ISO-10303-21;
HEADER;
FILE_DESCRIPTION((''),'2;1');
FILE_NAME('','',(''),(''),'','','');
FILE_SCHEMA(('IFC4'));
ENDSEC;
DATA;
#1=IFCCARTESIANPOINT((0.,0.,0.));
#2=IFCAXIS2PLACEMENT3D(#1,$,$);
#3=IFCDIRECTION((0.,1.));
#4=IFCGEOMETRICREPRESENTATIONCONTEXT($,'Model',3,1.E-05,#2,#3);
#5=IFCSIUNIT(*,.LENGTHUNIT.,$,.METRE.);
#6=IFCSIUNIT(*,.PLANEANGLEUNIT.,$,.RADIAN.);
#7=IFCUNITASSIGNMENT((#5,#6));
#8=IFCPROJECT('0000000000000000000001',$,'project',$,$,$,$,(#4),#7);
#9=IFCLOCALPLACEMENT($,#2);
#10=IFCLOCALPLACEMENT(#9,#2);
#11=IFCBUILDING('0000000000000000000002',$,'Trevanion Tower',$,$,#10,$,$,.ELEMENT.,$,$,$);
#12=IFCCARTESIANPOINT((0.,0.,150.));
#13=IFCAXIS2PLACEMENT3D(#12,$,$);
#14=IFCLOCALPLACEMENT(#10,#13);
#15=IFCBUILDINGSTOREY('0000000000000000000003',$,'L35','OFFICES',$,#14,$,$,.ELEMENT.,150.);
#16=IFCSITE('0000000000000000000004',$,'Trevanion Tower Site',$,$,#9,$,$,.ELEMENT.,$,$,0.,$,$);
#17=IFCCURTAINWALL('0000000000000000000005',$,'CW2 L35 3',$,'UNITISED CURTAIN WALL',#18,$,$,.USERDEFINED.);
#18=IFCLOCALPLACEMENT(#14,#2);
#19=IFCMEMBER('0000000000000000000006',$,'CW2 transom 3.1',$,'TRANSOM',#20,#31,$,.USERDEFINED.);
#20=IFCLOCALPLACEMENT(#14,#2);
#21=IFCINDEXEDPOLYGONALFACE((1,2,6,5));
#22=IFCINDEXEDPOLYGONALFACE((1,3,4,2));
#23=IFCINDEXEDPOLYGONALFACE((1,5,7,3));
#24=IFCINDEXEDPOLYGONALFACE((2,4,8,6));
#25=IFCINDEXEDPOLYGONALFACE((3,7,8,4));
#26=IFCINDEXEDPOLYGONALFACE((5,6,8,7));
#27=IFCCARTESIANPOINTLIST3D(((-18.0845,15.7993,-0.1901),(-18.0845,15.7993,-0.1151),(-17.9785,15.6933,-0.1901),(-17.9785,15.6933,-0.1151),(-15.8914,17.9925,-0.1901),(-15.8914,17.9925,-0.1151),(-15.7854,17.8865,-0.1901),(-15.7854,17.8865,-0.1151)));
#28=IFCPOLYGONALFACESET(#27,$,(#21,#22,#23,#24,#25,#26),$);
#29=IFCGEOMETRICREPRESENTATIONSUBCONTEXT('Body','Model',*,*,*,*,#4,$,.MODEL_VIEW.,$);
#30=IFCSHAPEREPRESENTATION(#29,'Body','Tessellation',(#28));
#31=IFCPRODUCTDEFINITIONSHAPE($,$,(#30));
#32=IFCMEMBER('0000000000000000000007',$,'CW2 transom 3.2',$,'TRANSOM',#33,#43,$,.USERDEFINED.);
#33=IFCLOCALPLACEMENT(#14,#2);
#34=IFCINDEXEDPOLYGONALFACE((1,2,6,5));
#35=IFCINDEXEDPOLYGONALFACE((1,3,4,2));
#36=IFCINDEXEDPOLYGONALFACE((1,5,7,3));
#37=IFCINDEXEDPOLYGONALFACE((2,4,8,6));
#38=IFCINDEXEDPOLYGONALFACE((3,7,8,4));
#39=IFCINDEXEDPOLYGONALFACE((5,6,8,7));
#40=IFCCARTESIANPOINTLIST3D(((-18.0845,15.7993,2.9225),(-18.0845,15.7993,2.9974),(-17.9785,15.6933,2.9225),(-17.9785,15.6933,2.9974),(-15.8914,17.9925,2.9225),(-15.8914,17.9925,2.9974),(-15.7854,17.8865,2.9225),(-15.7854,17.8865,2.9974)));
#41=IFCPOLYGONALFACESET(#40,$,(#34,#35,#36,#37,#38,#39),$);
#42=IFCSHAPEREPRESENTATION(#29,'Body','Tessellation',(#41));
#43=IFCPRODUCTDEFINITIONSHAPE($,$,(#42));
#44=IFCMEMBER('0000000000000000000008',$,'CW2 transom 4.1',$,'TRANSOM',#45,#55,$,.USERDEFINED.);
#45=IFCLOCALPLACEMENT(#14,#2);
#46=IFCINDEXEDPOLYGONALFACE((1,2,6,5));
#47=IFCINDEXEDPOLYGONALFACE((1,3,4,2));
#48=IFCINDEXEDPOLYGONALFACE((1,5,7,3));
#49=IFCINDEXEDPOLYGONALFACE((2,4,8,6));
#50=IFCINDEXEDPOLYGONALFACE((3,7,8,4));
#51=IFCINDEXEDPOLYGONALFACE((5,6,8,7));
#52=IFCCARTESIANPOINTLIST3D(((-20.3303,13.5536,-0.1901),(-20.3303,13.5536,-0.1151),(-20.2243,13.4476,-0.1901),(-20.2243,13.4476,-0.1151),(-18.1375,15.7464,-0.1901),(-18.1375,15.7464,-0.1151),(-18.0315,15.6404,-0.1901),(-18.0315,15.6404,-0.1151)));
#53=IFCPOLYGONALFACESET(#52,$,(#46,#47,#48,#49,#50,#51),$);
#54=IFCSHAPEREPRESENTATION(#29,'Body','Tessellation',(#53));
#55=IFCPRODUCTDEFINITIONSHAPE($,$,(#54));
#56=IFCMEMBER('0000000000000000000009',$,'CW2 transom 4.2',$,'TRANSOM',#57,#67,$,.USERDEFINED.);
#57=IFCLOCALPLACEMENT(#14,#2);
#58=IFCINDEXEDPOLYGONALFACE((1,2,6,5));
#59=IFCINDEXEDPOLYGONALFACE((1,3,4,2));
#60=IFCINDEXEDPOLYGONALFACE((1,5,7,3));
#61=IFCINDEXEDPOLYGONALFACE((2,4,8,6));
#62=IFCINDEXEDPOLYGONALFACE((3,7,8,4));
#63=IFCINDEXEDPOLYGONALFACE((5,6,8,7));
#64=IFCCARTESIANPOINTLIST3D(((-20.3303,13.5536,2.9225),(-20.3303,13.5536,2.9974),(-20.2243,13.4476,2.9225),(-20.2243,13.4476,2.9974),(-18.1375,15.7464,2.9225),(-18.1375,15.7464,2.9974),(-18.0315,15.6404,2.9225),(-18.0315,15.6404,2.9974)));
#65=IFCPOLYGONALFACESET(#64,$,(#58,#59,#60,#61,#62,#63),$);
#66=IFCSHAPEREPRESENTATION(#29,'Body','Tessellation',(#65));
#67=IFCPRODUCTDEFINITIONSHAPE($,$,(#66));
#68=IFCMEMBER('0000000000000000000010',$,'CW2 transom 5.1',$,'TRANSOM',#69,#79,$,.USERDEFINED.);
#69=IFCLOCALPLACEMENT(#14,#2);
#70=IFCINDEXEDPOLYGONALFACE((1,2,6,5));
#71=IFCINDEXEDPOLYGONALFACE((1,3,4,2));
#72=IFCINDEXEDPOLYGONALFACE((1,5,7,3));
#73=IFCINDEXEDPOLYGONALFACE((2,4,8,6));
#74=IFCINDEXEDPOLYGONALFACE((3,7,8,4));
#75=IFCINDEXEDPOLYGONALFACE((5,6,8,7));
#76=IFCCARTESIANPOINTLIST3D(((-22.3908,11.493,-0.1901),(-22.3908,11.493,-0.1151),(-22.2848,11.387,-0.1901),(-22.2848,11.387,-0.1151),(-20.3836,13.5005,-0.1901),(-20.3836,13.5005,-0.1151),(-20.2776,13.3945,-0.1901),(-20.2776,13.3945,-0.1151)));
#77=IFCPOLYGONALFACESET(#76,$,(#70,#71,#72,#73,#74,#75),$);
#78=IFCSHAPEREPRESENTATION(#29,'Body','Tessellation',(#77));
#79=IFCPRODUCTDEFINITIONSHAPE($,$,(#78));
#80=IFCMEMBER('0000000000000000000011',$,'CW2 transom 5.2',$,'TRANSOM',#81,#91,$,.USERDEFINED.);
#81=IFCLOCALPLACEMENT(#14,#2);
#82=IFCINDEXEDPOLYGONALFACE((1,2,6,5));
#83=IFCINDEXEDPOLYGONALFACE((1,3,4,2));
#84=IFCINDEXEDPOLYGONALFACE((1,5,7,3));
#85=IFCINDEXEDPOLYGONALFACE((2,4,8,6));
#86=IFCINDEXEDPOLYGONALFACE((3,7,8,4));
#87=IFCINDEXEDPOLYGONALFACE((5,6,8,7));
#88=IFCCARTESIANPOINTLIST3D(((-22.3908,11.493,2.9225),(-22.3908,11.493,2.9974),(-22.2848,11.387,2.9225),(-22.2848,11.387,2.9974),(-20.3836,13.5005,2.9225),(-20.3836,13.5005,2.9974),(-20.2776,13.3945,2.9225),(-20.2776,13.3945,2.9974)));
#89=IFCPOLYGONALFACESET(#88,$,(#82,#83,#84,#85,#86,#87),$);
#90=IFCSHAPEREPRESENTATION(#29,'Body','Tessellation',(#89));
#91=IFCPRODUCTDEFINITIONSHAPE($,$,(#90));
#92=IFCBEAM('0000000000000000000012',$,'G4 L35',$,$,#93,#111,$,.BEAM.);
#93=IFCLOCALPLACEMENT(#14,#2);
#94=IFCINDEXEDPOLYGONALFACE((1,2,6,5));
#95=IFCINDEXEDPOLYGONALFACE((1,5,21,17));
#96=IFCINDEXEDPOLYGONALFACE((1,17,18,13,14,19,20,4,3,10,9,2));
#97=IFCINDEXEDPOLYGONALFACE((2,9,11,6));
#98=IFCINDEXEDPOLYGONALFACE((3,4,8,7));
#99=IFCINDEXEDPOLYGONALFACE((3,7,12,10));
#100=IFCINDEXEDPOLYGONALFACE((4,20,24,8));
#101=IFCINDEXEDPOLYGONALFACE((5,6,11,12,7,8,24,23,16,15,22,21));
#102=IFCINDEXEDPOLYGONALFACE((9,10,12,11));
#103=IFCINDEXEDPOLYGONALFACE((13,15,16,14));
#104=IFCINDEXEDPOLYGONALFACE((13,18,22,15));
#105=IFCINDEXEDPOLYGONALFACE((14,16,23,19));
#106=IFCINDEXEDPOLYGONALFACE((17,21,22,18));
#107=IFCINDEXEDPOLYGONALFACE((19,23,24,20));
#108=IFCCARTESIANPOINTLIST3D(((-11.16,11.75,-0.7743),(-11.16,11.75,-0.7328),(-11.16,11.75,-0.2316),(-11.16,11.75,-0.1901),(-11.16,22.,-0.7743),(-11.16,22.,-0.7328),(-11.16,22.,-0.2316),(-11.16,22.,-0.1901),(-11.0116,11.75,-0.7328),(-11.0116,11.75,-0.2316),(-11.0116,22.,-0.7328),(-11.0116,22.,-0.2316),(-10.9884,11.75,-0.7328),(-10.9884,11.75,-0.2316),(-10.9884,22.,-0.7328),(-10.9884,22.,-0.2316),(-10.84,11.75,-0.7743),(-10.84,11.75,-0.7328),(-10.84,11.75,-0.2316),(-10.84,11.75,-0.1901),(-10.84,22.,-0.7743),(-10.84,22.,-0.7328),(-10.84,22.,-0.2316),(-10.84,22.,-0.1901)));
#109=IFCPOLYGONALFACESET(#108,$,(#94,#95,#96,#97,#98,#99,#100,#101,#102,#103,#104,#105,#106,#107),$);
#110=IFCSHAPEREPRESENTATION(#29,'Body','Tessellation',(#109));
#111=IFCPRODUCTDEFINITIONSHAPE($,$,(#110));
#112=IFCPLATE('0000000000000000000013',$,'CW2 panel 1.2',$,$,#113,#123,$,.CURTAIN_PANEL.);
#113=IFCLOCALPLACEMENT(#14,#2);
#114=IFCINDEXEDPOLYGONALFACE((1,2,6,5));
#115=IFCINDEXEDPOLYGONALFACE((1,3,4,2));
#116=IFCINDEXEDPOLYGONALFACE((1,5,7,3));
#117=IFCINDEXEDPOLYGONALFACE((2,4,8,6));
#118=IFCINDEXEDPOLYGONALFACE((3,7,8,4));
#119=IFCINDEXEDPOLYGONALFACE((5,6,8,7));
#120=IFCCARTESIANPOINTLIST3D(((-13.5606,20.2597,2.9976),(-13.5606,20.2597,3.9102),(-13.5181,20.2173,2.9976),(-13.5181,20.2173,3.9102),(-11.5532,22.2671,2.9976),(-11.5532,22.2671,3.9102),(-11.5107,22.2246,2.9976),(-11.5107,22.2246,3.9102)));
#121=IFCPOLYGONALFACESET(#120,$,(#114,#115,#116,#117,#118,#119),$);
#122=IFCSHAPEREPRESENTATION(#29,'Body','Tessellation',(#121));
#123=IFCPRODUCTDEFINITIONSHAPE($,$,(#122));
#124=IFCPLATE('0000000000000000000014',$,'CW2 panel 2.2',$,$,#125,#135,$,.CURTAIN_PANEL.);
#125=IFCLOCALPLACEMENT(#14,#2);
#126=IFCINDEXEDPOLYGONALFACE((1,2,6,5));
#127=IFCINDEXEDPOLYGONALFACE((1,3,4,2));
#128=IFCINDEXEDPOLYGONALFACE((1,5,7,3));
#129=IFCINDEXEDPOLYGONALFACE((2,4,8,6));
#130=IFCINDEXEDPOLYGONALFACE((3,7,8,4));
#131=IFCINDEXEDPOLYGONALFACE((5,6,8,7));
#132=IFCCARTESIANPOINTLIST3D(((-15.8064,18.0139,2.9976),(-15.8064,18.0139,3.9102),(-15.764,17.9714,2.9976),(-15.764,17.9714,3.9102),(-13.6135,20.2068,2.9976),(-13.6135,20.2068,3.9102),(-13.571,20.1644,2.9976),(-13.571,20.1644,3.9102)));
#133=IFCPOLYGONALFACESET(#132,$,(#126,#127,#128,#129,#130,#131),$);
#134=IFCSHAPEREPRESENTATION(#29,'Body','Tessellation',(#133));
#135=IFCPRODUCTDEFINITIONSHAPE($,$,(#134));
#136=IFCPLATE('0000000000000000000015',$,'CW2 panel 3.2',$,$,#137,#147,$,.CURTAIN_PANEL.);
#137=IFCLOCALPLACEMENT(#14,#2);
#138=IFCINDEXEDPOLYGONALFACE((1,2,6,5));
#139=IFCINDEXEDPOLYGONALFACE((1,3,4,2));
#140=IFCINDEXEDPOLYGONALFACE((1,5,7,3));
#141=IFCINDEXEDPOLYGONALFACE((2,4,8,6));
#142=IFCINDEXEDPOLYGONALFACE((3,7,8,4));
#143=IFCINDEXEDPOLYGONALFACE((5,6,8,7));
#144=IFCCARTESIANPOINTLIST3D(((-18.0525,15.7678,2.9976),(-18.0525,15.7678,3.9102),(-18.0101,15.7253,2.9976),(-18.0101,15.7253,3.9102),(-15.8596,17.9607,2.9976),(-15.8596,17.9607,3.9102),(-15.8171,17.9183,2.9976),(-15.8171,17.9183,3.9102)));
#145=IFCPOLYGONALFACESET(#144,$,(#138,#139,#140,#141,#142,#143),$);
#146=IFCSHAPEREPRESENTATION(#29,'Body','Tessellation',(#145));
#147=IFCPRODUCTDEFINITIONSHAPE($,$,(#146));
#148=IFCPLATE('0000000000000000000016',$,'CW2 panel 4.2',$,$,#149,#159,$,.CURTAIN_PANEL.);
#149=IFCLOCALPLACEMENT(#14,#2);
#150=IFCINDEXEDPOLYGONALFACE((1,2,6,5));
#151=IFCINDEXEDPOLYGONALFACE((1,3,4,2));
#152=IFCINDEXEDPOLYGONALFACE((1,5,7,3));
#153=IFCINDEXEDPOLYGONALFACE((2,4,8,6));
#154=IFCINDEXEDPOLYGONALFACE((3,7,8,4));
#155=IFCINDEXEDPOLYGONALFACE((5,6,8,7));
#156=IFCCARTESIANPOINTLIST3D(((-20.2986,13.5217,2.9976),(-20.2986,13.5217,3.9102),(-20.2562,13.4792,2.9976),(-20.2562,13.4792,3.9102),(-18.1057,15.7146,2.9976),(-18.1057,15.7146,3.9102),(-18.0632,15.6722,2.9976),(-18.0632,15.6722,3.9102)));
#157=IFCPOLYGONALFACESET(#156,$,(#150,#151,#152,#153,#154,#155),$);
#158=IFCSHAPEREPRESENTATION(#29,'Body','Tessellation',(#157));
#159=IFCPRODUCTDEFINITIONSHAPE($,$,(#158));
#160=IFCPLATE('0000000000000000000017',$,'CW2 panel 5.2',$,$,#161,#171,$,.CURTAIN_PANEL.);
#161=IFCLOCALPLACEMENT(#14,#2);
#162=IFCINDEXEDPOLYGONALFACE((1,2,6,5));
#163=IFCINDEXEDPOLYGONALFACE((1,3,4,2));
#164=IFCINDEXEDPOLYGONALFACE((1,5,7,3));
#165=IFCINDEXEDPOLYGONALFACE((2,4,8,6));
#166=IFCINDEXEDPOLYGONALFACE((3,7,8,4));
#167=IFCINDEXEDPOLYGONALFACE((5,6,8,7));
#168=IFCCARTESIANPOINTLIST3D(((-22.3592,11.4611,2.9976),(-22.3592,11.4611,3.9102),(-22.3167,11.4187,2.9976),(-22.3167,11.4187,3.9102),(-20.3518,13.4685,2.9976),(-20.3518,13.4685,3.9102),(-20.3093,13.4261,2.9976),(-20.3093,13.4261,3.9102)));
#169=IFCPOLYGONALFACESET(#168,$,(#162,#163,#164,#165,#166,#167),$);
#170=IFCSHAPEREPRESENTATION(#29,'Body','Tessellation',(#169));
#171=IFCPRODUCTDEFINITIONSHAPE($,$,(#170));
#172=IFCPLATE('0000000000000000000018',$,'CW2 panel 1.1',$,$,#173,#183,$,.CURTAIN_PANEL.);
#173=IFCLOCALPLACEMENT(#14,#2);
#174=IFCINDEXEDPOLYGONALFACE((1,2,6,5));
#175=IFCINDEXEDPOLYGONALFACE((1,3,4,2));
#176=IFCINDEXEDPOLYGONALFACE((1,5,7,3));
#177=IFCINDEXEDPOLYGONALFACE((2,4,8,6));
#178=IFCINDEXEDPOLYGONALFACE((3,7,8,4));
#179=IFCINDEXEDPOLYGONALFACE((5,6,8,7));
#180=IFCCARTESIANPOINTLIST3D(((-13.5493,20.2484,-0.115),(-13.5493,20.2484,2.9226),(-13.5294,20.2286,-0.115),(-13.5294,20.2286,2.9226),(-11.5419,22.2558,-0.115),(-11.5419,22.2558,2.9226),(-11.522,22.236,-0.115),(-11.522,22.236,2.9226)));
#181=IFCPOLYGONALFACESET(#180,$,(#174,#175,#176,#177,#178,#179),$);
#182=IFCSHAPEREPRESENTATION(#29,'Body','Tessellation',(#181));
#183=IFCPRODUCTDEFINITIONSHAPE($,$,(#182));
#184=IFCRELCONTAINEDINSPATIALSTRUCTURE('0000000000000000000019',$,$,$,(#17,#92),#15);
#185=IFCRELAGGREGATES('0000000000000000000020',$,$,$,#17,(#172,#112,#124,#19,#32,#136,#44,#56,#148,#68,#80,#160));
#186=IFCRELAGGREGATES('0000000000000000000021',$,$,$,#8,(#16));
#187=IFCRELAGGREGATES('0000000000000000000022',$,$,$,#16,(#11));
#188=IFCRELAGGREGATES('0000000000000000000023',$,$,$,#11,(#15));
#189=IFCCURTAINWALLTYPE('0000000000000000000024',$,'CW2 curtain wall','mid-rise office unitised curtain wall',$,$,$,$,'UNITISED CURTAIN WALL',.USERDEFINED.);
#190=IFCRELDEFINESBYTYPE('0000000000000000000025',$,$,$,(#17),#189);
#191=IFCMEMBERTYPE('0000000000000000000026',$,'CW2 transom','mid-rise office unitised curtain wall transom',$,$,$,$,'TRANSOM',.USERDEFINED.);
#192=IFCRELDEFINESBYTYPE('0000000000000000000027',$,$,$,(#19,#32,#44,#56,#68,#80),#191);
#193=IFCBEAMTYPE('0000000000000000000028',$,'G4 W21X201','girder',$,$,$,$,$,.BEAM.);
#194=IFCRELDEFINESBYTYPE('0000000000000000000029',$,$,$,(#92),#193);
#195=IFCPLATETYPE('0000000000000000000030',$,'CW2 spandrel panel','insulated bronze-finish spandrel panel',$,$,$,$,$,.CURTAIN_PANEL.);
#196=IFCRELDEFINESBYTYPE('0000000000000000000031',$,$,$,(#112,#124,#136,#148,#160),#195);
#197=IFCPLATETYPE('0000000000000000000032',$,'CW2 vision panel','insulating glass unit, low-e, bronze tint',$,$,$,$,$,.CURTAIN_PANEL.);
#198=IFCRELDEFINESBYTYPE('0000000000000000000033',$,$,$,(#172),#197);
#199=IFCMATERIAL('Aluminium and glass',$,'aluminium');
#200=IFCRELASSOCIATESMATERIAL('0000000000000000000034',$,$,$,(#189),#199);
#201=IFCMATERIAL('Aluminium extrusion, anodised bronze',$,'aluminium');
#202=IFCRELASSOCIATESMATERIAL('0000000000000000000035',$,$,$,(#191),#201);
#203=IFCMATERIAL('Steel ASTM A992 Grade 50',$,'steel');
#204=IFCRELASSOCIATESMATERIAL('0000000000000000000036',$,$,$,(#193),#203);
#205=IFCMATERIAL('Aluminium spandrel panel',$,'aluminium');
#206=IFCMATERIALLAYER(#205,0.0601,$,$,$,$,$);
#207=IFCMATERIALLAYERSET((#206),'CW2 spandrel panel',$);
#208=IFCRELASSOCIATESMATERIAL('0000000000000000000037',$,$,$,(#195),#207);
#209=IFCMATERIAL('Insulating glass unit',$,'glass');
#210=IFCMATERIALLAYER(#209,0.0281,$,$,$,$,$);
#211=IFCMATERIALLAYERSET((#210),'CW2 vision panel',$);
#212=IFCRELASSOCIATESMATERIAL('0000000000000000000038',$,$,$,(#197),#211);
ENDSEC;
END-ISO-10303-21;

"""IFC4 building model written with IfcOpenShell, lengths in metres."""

from ifc_helpers import new_model, si_unit, direction, frame, origin, origin_2d, place, context, subcontext, project, spatial, rectangle, i_section, extrude, material, layer, layer_set, material_profile, profile_set, type_object, element, aggregate, save


model = new_model("IFC4")

# Units and contexts
model_context = context("Model", 3, precision=1e-05, world=origin(), true_north=direction((0.0, 1.0)))
body_context = subcontext(model_context, "Body", "Model", "MODEL_VIEW")
ifc_project = project(units=[si_unit("LENGTHUNIT", "METRE"), si_unit("PLANEANGLEUNIT", "RADIAN")], contexts=[model_context])

# Site, building, storey
site_placement = place(None, origin())
site = spatial("IfcSite", under=ifc_project, at=site_placement, Name="Trevanion Tower Site", CompositionType="ELEMENT", RefElevation=0.0)
building_placement = place(site_placement, origin())
building = spatial("IfcBuilding", under=site, at=building_placement, Name="Trevanion Tower", CompositionType="ELEMENT")
storey_placement = place(building_placement, frame((0.0, 0.0, 150.0)))
storey = spatial("IfcBuildingStorey", under=building, at=storey_placement, Name="L35", Description="OFFICES", CompositionType="ELEMENT", Elevation=150.0)

# Curtain wall
ifc_material_1 = material(Name="Aluminium and glass", Category="aluminium")
curtain_wall_type = type_object("IfcCurtainWallType", Name="CW2 curtain wall", Description="mid-rise office unitised curtain wall", ElementType="UNITISED CURTAIN WALL", PredefinedType="USERDEFINED", material=ifc_material_1)
curtain_wall_1_placement = place(storey_placement, origin())
curtain_wall_1 = element("IfcCurtainWall", 1, at=curtain_wall_1_placement, inside=storey, type_object=curtain_wall_type, Name="CW2 L35 3", ObjectType="UNITISED CURTAIN WALL", PredefinedType="USERDEFINED")

# Members
ifc_material_2 = material(Name="Aluminium extrusion, anodised bronze", Category="aluminium")
ifc_material_profile_1 = material_profile(ifc_material_2, rectangle(XDim=0.1499, YDim=0.075, at=origin_2d()), Name="CW2 transom")
ifc_profile_set_1 = profile_set([ifc_material_profile_1], Name="Aluminium extrusion, anodised bronze")
member_type_1 = type_object("IfcMemberType", Name="CW2 transom", Description="mid-rise office unitised curtain wall transom", ElementType="TRANSOM", PredefinedType="USERDEFINED", material=ifc_profile_set_1)
member_1_placement = place(storey_placement, frame((-15.8384, 17.9395, -0.1526), z_axis=(-0.707107, -0.707107, 0.0), x_axis=(0.707107, -0.707107, 0.0)))
member_1 = element("IfcMember", 2, at=member_1_placement, type_object=member_type_1, Name="CW2 transom 3.1", ObjectType="TRANSOM", PredefinedType="USERDEFINED", context=body_context, shape_type="SweptSolid", body=[
    extrude(rectangle(XDim=0.1499, YDim=0.075, at=origin_2d()), origin(), (0.0, 0.0, 1.0), 3.1016),
])
member_2_placement = place(storey_placement, frame((-15.8384, 17.9395, 2.96), z_axis=(-0.707107, -0.707107, 0.0), x_axis=(0.707107, -0.707107, 0.0)))
member_2 = element("IfcMember", 3, at=member_2_placement, type_object=member_type_1, Name="CW2 transom 3.2", ObjectType="TRANSOM", PredefinedType="USERDEFINED", context=body_context, shape_type="SweptSolid", body=[
    extrude(rectangle(XDim=0.1499, YDim=0.075, at=origin_2d()), origin(), (0.0, 0.0, 1.0), 3.1016),
])
member_3_placement = place(storey_placement, frame((-18.0845, 15.6934, -0.1526), z_axis=(-0.707107, -0.707107, 0.0), x_axis=(0.707107, -0.707107, 0.0)))
member_3 = element("IfcMember", 4, at=member_3_placement, type_object=member_type_1, Name="CW2 transom 4.1", ObjectType="TRANSOM", PredefinedType="USERDEFINED", context=body_context, shape_type="SweptSolid", body=[
    extrude(rectangle(XDim=0.1499, YDim=0.075, at=origin_2d()), origin(), (0.0, 0.0, 1.0), 3.1011),
])
member_4_placement = place(storey_placement, frame((-18.0845, 15.6934, 2.96), z_axis=(-0.707107, -0.707107, 0.0), x_axis=(0.707107, -0.707107, 0.0)))
member_4 = element("IfcMember", 5, at=member_4_placement, type_object=member_type_1, Name="CW2 transom 4.2", ObjectType="TRANSOM", PredefinedType="USERDEFINED", context=body_context, shape_type="SweptSolid", body=[
    extrude(rectangle(XDim=0.1499, YDim=0.075, at=origin_2d()), origin(), (0.0, 0.0, 1.0), 3.1011),
])
member_5_placement = place(storey_placement, frame((-20.3306, 13.4475, -0.1526), z_axis=(-0.707064, -0.70715, 0.0), x_axis=(0.70715, -0.707064, 0.0)))
member_5 = element("IfcMember", 6, at=member_5_placement, type_object=member_type_1, Name="CW2 transom 5.1", ObjectType="TRANSOM", PredefinedType="USERDEFINED", context=body_context, shape_type="SweptSolid", body=[
    extrude(rectangle(XDim=0.1499, YDim=0.075, at=origin_2d()), origin(), (0.0, 0.0, 1.0), 2.8389),
])
member_6_placement = place(storey_placement, frame((-20.3306, 13.4475, 2.96), z_axis=(-0.707064, -0.70715, 0.0), x_axis=(0.70715, -0.707064, 0.0)))
member_6 = element("IfcMember", 7, at=member_6_placement, type_object=member_type_1, Name="CW2 transom 5.2", ObjectType="TRANSOM", PredefinedType="USERDEFINED", context=body_context, shape_type="SweptSolid", body=[
    extrude(rectangle(XDim=0.1499, YDim=0.075, at=origin_2d()), origin(), (0.0, 0.0, 1.0), 2.8389),
])

# Beam
ifc_material_3 = material(Name="Steel ASTM A992 Grade 50", Category="steel")
ifc_material_profile_2 = material_profile(ifc_material_3, i_section(OverallWidth=0.3201, OverallDepth=0.5842, WebThickness=0.0232, FlangeThickness=0.0415, at=origin_2d()), Name="W21X201")
ifc_profile_set_2 = profile_set([ifc_material_profile_2], Name="Steel ASTM A992 Grade 50")
beam_type_1 = type_object("IfcBeamType", Name="G4 W21X201", Description="girder", PredefinedType="BEAM", material=ifc_profile_set_2)
beam_1_placement = place(storey_placement, frame((-11.0, 11.75, -0.4822), z_axis=(0.0, 1.0, 0.0), x_axis=(-1.0, 0.0, 0.0)))
element("IfcBeam", 8, at=beam_1_placement, inside=storey, type_object=beam_type_1, Name="G4 L35", PredefinedType="BEAM", context=body_context, shape_type="SweptSolid", body=[
    extrude(i_section(OverallWidth=0.3201, OverallDepth=0.5842, WebThickness=0.0232, FlangeThickness=0.0415, at=origin_2d()), origin(), (0.0, 0.0, 1.0), 10.25),
])

# Plates
ifc_material_4 = material(Name="Aluminium spandrel panel", Category="aluminium")
ifc_layer_1 = layer(ifc_material_4, 0.0601)
ifc_layer_set_1 = layer_set([ifc_layer_1], Name="CW2 spandrel panel")
plate_type_1 = type_object("IfcPlateType", Name="CW2 spandrel panel", Description="insulated bronze-finish spandrel panel", PredefinedType="CURTAIN_PANEL", material=ifc_layer_set_1)
plate_1_placement = place(storey_placement, frame((-12.5356, 21.2422, 2.9976), z_axis=(0.0, 0.0, 1.0), x_axis=(-0.707107, -0.707107, 0.0)))
plate_1 = element("IfcPlate", 9, at=plate_1_placement, type_object=plate_type_1, Name="CW2 panel 1.2", PredefinedType="CURTAIN_PANEL", context=body_context, shape_type="SweptSolid", body=[
    extrude(rectangle(XDim=2.8389, YDim=0.0601, at=origin_2d()), origin(), (0.0, 0.0, 1.0), 0.9126),
])
plate_2_placement = place(storey_placement, frame((-14.6887, 19.0891, 2.9976), z_axis=(0.0, 0.0, 1.0), x_axis=(-0.707107, -0.707107, 0.0)))
plate_2 = element("IfcPlate", 10, at=plate_2_placement, type_object=plate_type_1, Name="CW2 panel 2.2", PredefinedType="CURTAIN_PANEL", context=body_context, shape_type="SweptSolid", body=[
    extrude(rectangle(XDim=3.1013, YDim=0.0601, at=origin_2d()), origin(), (0.0, 0.0, 1.0), 0.9126),
])
plate_3_placement = place(storey_placement, frame((-16.9348, 16.843, 2.9976), z_axis=(0.0, 0.0, 1.0), x_axis=(-0.707107, -0.707107, 0.0)))
plate_3 = element("IfcPlate", 11, at=plate_3_placement, type_object=plate_type_1, Name="CW2 panel 3.2", PredefinedType="CURTAIN_PANEL", context=body_context, shape_type="SweptSolid", body=[
    extrude(rectangle(XDim=3.1013, YDim=0.0601, at=origin_2d()), origin(), (0.0, 0.0, 1.0), 0.9126),
])
plate_4_placement = place(storey_placement, frame((-19.1809, 14.5969, 2.9976), z_axis=(0.0, 0.0, 1.0), x_axis=(-0.707107, -0.707107, 0.0)))
plate_4 = element("IfcPlate", 12, at=plate_4_placement, type_object=plate_type_1, Name="CW2 panel 4.2", PredefinedType="CURTAIN_PANEL", context=body_context, shape_type="SweptSolid", body=[
    extrude(rectangle(XDim=3.1013, YDim=0.0601, at=origin_2d()), origin(), (0.0, 0.0, 1.0), 0.9126),
])
plate_5_placement = place(storey_placement, frame((-21.3342, 12.4436, 2.9976), z_axis=(0.0, 0.0, 1.0), x_axis=(-0.707107, -0.707107, 0.0)))
plate_5 = element("IfcPlate", 13, at=plate_5_placement, type_object=plate_type_1, Name="CW2 panel 5.2", PredefinedType="CURTAIN_PANEL", context=body_context, shape_type="SweptSolid", body=[
    extrude(rectangle(XDim=2.8389, YDim=0.0601, at=origin_2d()), origin(), (0.0, 0.0, 1.0), 0.9126),
])
ifc_material_5 = material(Name="Insulating glass unit", Category="glass")
ifc_layer_2 = layer(ifc_material_5, 0.0281)
ifc_layer_set_2 = layer_set([ifc_layer_2], Name="CW2 vision panel")
plate_type_2 = type_object("IfcPlateType", Name="CW2 vision panel", Description="insulating glass unit, low-e, bronze tint", PredefinedType="CURTAIN_PANEL", material=ifc_layer_set_2)
plate_6_placement = place(storey_placement, frame((-12.5356, 21.2422, -0.115), z_axis=(0.0, 0.0, 1.0), x_axis=(-0.707107, -0.707107, 0.0)))
plate_6 = element("IfcPlate", 14, at=plate_6_placement, type_object=plate_type_2, Name="CW2 panel 1.1", PredefinedType="CURTAIN_PANEL", context=body_context, shape_type="SweptSolid", body=[
    extrude(rectangle(XDim=2.8389, YDim=0.0281, at=origin_2d()), origin(), (0.0, 0.0, 1.0), 3.0376),
])
aggregate(curtain_wall_1, [plate_6, plate_1, plate_2, member_1, member_2, plate_3, member_3, member_4, plate_4, member_5, member_6, plate_5])

save(model, "model.ifc")
